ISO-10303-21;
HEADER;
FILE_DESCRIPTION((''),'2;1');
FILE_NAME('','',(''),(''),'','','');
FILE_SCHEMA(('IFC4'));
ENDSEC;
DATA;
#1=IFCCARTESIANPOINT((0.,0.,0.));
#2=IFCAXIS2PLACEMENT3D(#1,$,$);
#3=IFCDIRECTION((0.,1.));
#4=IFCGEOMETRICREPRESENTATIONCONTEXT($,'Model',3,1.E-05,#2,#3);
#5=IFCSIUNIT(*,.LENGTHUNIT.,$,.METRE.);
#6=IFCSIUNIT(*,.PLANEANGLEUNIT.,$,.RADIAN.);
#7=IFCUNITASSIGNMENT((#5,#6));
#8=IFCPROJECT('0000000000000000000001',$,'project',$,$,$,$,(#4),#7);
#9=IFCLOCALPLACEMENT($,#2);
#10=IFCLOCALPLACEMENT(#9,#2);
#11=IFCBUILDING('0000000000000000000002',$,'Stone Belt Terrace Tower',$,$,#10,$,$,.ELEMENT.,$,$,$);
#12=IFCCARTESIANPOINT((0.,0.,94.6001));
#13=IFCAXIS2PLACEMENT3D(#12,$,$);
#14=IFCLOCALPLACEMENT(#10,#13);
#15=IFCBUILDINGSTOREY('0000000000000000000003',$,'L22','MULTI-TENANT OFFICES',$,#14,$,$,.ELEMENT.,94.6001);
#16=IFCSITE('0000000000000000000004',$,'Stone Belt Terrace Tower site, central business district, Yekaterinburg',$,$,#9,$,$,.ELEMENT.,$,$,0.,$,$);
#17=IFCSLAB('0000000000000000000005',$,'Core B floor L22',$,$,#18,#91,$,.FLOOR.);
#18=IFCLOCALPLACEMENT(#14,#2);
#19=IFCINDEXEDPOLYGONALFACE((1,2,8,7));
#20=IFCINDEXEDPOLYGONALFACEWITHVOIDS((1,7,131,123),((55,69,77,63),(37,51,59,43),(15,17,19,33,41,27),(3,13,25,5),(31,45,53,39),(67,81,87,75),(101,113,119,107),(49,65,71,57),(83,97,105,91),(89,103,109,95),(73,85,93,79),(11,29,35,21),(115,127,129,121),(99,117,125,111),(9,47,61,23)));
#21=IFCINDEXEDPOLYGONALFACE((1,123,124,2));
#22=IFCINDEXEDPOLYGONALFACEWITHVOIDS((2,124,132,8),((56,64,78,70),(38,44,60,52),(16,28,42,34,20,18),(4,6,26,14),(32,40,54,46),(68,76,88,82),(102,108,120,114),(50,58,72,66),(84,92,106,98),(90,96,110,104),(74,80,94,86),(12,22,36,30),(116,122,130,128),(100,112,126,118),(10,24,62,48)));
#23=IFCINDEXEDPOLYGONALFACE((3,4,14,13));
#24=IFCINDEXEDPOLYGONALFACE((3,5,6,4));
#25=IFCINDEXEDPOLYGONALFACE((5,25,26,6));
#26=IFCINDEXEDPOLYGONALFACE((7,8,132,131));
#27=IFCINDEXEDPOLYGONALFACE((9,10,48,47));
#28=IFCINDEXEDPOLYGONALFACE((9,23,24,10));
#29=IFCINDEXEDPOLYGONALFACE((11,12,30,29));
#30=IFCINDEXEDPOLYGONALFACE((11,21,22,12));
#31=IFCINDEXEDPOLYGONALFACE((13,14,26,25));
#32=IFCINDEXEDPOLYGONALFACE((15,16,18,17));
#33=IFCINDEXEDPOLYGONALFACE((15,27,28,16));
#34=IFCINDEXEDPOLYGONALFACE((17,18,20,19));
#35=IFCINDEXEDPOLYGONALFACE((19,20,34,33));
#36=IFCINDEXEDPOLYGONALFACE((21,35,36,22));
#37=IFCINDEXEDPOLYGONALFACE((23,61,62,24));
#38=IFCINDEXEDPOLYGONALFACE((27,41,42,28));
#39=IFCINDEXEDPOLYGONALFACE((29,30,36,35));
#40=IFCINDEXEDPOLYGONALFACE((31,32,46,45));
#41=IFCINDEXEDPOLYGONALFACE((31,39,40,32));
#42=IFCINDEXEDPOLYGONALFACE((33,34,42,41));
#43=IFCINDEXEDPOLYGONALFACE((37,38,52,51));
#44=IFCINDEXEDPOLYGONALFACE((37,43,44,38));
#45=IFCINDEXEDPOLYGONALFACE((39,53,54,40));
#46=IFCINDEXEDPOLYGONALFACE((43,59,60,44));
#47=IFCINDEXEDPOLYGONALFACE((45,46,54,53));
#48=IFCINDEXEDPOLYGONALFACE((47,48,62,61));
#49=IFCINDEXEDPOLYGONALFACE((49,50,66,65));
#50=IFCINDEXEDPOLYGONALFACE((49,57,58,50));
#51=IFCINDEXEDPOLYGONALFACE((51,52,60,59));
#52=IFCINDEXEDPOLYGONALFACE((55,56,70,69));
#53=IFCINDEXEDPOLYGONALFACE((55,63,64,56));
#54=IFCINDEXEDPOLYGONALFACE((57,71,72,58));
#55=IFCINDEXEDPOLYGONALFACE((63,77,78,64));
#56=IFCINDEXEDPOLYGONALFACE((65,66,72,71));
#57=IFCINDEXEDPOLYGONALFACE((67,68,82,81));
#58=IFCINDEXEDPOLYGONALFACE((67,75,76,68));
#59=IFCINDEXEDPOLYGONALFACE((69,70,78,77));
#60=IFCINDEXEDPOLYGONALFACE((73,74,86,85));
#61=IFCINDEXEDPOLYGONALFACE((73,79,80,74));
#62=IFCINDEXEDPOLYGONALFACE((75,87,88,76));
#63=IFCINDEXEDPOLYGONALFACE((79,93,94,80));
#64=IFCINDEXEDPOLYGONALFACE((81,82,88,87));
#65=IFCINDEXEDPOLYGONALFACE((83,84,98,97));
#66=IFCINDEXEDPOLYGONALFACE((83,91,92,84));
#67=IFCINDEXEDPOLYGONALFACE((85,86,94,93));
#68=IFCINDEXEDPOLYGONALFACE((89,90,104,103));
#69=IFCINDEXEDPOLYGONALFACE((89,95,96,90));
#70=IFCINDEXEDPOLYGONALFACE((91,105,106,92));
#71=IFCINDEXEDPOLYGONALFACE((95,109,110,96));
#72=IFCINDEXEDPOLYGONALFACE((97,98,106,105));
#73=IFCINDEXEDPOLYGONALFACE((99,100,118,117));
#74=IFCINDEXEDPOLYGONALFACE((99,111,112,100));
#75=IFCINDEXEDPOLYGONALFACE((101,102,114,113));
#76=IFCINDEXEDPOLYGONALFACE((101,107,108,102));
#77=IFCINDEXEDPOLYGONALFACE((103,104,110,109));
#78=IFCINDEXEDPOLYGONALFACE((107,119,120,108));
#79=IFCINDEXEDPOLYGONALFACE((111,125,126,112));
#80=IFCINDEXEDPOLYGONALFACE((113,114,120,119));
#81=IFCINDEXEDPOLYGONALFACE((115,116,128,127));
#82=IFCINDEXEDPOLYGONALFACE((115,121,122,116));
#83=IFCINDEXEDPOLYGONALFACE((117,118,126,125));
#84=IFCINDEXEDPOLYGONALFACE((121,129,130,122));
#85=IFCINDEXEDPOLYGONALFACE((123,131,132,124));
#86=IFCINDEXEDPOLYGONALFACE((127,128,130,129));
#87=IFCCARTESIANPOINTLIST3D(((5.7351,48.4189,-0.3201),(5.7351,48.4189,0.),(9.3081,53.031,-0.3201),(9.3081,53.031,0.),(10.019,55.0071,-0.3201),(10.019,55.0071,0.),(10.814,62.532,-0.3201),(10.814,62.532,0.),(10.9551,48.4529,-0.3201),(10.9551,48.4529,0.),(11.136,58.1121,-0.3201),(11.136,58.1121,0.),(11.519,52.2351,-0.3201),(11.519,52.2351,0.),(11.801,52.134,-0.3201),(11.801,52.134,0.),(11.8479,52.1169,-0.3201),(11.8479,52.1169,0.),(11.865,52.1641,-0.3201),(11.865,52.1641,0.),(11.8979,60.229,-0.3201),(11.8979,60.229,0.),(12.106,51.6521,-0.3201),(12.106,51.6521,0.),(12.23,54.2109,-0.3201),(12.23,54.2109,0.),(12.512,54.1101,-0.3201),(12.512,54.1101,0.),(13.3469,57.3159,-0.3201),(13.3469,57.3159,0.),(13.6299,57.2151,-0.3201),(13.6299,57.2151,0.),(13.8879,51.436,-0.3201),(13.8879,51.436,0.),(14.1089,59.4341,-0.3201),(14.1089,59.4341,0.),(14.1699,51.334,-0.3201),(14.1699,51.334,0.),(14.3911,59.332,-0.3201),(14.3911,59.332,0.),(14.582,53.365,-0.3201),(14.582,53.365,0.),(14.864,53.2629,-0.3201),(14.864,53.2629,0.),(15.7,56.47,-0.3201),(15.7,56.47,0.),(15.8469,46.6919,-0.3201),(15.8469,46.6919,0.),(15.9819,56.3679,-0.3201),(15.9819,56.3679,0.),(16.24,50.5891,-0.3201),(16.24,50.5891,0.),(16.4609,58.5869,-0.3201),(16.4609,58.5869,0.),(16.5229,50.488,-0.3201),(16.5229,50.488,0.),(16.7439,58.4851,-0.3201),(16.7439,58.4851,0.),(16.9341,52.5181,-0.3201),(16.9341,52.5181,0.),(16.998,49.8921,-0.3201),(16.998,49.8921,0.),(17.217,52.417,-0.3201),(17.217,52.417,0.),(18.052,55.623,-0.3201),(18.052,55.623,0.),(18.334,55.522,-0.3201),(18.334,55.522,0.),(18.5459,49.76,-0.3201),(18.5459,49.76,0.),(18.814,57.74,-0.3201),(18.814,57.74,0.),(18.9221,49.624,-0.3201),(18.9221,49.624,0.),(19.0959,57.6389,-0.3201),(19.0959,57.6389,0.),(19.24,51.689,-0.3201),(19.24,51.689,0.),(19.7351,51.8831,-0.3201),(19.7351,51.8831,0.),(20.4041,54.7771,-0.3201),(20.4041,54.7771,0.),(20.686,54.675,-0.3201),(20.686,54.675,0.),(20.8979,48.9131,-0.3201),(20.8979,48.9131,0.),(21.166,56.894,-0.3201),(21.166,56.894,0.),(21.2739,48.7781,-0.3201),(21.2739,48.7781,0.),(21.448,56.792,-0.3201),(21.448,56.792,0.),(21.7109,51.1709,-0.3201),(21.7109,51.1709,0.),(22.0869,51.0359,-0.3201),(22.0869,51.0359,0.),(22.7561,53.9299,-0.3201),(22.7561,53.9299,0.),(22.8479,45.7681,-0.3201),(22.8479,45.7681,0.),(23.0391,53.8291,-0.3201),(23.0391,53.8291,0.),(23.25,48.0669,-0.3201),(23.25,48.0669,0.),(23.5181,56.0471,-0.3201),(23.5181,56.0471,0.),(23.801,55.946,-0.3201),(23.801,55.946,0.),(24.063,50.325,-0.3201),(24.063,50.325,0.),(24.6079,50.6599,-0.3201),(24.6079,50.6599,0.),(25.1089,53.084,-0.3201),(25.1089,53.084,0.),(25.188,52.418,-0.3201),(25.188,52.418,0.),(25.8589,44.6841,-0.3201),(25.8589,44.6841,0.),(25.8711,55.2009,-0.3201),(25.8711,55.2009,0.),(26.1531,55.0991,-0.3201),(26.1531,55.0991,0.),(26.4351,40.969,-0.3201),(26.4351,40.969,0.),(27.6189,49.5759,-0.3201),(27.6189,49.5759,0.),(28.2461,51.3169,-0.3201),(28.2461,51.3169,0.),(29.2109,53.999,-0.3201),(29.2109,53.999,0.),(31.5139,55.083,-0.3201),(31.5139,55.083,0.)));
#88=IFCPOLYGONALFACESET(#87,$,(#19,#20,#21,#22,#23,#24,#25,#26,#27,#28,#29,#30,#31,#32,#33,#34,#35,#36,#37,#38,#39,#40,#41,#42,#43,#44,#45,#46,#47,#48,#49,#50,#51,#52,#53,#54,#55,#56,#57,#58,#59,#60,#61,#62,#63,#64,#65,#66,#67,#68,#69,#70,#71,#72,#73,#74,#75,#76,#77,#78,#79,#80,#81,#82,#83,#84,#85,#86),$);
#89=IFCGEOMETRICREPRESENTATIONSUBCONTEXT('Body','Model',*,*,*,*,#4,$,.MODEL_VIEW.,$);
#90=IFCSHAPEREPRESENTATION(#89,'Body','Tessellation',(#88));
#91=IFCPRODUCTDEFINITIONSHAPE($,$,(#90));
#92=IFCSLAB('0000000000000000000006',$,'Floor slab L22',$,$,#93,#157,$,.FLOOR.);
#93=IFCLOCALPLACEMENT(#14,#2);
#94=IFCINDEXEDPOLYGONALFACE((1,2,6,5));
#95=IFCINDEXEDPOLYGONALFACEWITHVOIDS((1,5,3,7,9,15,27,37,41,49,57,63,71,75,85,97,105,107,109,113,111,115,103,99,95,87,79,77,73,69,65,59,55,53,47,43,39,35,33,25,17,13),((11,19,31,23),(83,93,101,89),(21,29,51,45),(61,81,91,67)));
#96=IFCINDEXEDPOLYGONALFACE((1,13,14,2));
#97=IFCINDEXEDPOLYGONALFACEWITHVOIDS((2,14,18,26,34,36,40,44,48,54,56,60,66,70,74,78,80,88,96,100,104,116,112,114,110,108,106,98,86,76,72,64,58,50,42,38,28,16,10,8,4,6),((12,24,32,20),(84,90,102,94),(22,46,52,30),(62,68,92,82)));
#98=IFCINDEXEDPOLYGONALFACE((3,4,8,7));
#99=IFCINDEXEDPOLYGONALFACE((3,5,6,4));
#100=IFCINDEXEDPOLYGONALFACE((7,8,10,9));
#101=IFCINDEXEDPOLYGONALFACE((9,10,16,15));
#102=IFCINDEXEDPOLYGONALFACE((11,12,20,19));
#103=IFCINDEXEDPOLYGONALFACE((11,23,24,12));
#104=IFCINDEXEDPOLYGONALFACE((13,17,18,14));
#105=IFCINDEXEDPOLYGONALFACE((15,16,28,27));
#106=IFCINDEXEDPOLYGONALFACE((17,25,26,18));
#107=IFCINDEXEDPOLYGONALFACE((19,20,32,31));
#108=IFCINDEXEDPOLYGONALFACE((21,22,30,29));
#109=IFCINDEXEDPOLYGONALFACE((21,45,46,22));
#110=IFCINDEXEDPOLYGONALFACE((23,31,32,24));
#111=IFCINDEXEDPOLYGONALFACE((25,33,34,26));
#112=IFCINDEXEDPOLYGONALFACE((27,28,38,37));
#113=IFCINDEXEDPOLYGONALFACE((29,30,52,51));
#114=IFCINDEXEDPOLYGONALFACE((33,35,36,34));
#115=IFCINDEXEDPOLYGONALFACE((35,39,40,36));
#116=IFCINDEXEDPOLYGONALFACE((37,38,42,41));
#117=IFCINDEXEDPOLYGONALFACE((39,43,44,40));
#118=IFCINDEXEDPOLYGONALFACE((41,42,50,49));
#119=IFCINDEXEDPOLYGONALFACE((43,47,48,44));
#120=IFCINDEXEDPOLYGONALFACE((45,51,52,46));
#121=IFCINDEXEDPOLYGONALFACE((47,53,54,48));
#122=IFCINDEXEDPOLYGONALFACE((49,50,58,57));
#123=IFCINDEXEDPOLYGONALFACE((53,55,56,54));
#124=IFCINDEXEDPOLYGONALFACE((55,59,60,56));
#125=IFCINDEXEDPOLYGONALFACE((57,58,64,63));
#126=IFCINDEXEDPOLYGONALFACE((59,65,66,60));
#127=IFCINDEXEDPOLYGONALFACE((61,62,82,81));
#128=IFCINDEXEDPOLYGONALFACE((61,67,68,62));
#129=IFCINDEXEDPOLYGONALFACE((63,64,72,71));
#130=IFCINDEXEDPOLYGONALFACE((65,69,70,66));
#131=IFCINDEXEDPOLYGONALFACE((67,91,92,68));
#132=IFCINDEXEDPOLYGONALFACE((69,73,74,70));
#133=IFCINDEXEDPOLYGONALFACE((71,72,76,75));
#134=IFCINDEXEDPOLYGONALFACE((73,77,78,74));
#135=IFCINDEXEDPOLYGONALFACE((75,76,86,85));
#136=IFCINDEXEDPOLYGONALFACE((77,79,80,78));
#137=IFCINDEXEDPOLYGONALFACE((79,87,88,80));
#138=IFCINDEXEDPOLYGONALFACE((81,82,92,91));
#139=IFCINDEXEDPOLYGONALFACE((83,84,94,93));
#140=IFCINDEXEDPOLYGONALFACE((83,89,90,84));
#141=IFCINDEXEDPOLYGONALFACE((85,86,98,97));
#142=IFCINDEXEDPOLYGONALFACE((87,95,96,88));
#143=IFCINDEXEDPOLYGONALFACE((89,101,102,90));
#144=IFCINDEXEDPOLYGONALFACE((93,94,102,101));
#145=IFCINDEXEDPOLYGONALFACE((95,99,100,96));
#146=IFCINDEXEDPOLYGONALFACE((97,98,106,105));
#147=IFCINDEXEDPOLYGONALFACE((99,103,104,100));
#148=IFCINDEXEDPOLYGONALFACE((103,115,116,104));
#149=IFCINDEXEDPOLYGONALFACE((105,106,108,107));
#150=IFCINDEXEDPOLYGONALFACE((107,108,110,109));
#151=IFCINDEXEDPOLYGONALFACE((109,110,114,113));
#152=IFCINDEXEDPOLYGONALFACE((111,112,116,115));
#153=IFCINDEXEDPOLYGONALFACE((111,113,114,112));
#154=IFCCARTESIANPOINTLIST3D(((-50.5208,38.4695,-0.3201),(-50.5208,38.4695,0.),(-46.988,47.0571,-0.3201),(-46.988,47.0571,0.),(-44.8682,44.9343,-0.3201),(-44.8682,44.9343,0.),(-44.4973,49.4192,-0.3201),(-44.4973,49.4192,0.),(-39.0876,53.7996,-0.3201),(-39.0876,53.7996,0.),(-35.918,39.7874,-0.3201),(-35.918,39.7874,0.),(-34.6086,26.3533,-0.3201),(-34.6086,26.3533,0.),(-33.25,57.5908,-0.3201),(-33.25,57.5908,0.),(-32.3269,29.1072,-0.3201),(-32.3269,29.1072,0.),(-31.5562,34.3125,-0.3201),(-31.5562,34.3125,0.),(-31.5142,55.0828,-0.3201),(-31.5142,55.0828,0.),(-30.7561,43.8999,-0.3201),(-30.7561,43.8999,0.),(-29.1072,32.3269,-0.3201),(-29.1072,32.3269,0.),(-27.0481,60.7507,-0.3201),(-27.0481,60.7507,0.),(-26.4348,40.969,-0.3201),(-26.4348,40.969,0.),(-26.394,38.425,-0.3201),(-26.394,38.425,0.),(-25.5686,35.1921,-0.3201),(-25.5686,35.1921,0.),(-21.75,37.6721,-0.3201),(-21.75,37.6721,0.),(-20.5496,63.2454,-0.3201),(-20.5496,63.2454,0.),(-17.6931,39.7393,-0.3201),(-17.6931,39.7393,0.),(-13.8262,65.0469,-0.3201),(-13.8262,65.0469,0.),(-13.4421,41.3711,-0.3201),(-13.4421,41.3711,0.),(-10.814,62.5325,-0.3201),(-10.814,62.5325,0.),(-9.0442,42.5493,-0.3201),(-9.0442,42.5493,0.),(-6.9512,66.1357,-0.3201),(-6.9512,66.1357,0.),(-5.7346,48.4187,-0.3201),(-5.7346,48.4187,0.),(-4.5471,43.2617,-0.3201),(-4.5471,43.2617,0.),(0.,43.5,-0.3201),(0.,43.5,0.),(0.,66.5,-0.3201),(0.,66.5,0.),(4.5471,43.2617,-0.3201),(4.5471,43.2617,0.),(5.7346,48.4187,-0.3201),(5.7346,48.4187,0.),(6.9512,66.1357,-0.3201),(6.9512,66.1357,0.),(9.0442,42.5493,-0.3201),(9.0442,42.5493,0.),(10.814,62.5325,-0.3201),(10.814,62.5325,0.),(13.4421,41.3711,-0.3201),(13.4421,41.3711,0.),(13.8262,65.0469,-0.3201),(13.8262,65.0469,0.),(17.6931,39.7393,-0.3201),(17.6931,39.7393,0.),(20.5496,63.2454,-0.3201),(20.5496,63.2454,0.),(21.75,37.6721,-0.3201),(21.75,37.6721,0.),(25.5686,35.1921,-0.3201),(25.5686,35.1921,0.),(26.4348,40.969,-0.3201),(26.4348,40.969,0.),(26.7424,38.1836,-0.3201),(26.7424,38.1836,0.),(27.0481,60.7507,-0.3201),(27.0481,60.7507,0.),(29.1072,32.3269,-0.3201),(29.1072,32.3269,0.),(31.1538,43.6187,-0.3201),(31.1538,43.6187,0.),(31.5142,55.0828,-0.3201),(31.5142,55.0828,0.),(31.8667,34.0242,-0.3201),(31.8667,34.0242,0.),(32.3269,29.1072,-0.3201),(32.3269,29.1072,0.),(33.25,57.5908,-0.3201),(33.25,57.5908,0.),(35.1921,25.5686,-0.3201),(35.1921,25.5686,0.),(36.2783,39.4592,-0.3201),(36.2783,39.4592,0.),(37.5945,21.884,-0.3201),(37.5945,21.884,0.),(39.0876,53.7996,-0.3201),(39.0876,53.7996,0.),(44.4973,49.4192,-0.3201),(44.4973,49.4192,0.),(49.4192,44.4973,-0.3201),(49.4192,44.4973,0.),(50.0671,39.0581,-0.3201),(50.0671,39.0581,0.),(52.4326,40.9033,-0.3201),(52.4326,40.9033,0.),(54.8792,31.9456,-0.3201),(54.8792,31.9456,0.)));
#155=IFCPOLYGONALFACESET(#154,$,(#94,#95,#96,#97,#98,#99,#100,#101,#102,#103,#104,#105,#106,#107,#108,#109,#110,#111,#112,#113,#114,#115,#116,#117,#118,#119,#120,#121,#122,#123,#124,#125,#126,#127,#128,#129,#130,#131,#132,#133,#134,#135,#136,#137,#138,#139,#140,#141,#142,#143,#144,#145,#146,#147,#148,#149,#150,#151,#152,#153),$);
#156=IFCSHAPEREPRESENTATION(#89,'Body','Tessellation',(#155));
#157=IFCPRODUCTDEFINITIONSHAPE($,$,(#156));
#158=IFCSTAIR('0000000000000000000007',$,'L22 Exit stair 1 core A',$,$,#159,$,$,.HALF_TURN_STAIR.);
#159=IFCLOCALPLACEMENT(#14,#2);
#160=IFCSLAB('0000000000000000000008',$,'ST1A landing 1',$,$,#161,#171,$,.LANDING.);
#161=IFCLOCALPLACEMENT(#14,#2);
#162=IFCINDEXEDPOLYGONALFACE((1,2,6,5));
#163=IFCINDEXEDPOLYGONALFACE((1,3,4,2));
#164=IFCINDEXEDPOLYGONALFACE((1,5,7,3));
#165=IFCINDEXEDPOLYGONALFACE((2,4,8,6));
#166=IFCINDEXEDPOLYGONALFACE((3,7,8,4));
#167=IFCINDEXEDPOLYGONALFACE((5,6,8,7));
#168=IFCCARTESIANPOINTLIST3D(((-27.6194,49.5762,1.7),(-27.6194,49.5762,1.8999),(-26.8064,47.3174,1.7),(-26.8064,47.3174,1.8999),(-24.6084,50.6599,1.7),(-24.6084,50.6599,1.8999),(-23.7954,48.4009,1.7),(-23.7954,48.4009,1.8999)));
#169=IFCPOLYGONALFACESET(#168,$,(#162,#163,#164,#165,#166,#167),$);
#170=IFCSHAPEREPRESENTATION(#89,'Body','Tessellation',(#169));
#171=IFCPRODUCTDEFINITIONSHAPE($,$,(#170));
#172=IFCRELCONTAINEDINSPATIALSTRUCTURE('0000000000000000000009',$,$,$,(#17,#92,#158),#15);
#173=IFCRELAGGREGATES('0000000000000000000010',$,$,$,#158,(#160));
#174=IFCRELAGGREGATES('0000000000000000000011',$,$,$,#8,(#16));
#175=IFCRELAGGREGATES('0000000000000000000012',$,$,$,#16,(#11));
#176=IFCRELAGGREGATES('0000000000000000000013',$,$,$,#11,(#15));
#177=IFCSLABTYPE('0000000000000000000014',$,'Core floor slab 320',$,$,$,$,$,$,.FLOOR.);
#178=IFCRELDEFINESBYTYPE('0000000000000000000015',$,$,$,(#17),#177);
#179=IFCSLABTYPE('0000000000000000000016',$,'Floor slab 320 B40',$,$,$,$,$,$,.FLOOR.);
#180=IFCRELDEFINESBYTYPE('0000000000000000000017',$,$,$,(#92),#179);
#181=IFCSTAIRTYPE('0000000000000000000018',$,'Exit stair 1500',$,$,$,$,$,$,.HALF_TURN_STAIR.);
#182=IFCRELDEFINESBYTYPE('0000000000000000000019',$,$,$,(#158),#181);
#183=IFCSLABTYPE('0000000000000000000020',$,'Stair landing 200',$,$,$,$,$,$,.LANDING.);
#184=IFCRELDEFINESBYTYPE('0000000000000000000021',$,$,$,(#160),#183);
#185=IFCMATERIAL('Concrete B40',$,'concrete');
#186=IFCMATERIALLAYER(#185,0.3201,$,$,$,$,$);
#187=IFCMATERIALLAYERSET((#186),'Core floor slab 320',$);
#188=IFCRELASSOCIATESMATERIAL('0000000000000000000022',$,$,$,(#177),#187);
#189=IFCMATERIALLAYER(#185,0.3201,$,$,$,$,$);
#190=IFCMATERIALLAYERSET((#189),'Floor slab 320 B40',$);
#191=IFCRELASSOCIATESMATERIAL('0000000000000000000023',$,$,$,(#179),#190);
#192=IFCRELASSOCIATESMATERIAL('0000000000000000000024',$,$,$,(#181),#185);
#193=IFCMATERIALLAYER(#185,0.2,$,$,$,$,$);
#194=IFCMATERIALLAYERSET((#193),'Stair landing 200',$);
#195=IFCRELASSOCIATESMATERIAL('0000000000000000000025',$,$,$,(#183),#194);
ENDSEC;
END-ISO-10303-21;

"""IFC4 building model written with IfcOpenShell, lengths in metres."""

from ifc_helpers import new_model, si_unit, direction, frame, origin, place, context, subcontext, project, spatial, polyline, outline, extrude, material, layer, layer_set, type_object, element, aggregate, save


model = new_model("IFC4")

# Units and contexts
model_context = context("Model", 3, precision=1e-05, world=origin(), true_north=direction((0.0, 1.0)))
body_context = subcontext(model_context, "Body", "Model", "MODEL_VIEW")
ifc_project = project(units=[si_unit("LENGTHUNIT", "METRE"), si_unit("PLANEANGLEUNIT", "RADIAN")], contexts=[model_context])

# Site, building, storey
site_placement = place(None, origin())
site = spatial("IfcSite", under=ifc_project, at=site_placement, Name="Stone Belt Terrace Tower site, central business district, Yekaterinburg", CompositionType="ELEMENT", RefElevation=0.0)
building_placement = place(site_placement, origin())
building = spatial("IfcBuilding", under=site, at=building_placement, Name="Stone Belt Terrace Tower", CompositionType="ELEMENT")
storey_placement = place(building_placement, frame((0.0, 0.0, 94.6001)))
storey = spatial("IfcBuildingStorey", under=building, at=storey_placement, Name="L22", Description="MULTI-TENANT OFFICES", CompositionType="ELEMENT", Elevation=94.6001)

# Slabs
ifc_material_1 = material(Name="Concrete B40", Category="concrete")
ifc_layer_1 = layer(ifc_material_1, 0.3201)
ifc_layer_set_1 = layer_set([ifc_layer_1], Name="Core floor slab 320")
slab_type_1 = type_object("IfcSlabType", Name="Core floor slab 320", PredefinedType="FLOOR", material=ifc_layer_set_1)
slab_1_placement = place(storey_placement, frame((0.0, 0.0, -0.3201)))
element("IfcSlab", 1, at=slab_1_placement, inside=storey, type_object=slab_type_1, Name="Core B floor L22", PredefinedType="FLOOR", context=body_context, shape_type="SweptSolid", body=[
    extrude(outline(polyline([(26.4351, 40.969), (31.5139, 55.083), (10.814, 62.532), (5.7351, 48.4189), (26.4351, 40.969)]), holes=[polyline([(12.106, 51.6521), (16.998, 49.8921), (15.8469, 46.6919), (10.9551, 48.4529), (12.106, 51.6521)]), polyline([(19.24, 51.689), (18.5459, 49.76), (16.5229, 50.488), (17.217, 52.417), (19.24, 51.689)]), polyline([(16.24, 50.5891), (14.1699, 51.334), (14.864, 53.2629), (16.9341, 52.5181), (16.24, 50.5891)]), polyline([(14.582, 53.365), (13.8879, 51.436), (11.865, 52.1641), (11.8479, 52.1169), (11.801, 52.134), (12.512, 54.1101), (14.582, 53.365)]), polyline([(9.3081, 53.031), (10.019, 55.0071), (12.23, 54.2109), (11.519, 52.2351), (9.3081, 53.031)]), polyline([(16.7439, 58.4851), (18.814, 57.74), (18.052, 55.623), (15.9819, 56.3679), (16.7439, 58.4851)]), polyline([(14.3911, 59.332), (16.4609, 58.5869), (15.7, 56.47), (13.6299, 57.2151), (14.3911, 59.332)]), polyline([(11.8979, 60.229), (14.1089, 59.4341), (13.3469, 57.3159), (11.136, 58.1121), (11.8979, 60.229)]), polyline([(25.8589, 44.6841), (22.8479, 45.7681), (24.6079, 50.6599), (27.6189, 49.5759), (25.8589, 44.6841)]), polyline([(21.2739, 48.7781), (22.0869, 51.0359), (24.063, 50.325), (23.25, 48.0669), (21.2739, 48.7781)]), polyline([(18.9221, 49.624), (19.7351, 51.8831), (21.7109, 51.1709), (20.8979, 48.9131), (18.9221, 49.624)]), polyline([(29.2109, 53.999), (28.2461, 51.3169), (25.188, 52.418), (26.1531, 55.0991), (29.2109, 53.999)]), polyline([(23.801, 55.946), (25.8711, 55.2009), (25.1089, 53.084), (23.0391, 53.8291), (23.801, 55.946)]), polyline([(21.448, 56.792), (23.5181, 56.0471), (22.7561, 53.9299), (20.686, 54.675), (21.448, 56.792)]), polyline([(19.0959, 57.6389), (21.166, 56.894), (20.4041, 54.7771), (18.334, 55.522), (19.0959, 57.6389)])]), origin(), (0.0, 0.0, 1.0), 0.3201),
])
ifc_layer_2 = layer(ifc_material_1, 0.3201)
ifc_layer_set_2 = layer_set([ifc_layer_2], Name="Floor slab 320 B40")
slab_type_2 = type_object("IfcSlabType", Name="Floor slab 320 B40", PredefinedType="FLOOR", material=ifc_layer_set_2)
slab_2_placement = place(storey_placement, frame((0.0, 0.0, -0.3201)))
element("IfcSlab", 2, at=slab_2_placement, inside=storey, type_object=slab_type_2, Name="Floor slab L22", PredefinedType="FLOOR", context=body_context, shape_type="SweptSolid", body=[
    extrude(outline(polyline([(-44.4973, 49.4192), (-39.0876, 53.7996), (-33.25, 57.5908), (-27.0481, 60.7507), (-20.5496, 63.2454), (-13.8262, 65.0469), (-6.9512, 66.1357), (0.0, 66.5), (6.9512, 66.1357), (13.8262, 65.0469), (20.5496, 63.2454), (27.0481, 60.7507), (33.25, 57.5908), (39.0876, 53.7996), (44.4973, 49.4192), (49.4192, 44.4973), (52.4326, 40.9033), (50.0671, 39.0581), (54.8792, 31.9456), (37.5945, 21.884), (35.1921, 25.5686), (32.3269, 29.1072), (29.1072, 32.3269), (25.5686, 35.1921), (21.75, 37.6721), (17.6931, 39.7393), (13.4421, 41.3711), (9.0442, 42.5493), (4.5471, 43.2617), (0.0, 43.5), (-4.5471, 43.2617), (-9.0442, 42.5493), (-13.4421, 41.3711), (-17.6931, 39.7393), (-21.75, 37.6721), (-25.5686, 35.1921), (-29.1072, 32.3269), (-32.3269, 29.1072), (-34.6086, 26.3533), (-50.5208, 38.4695), (-44.8682, 44.9343), (-46.988, 47.0571), (-44.4973, 49.4192)]), holes=[polyline([(-26.4348, 40.969), (-5.7346, 48.4187), (-10.814, 62.5325), (-31.5142, 55.0828), (-26.4348, 40.969)]), polyline([(10.814, 62.5325), (5.7346, 48.4187), (26.4348, 40.969), (31.5142, 55.0828), (10.814, 62.5325)]), polyline([(-35.918, 39.7874), (-31.5562, 34.3125), (-26.394, 38.425), (-30.7561, 43.8999), (-35.918, 39.7874)]), polyline([(36.2783, 39.4592), (31.1538, 43.6187), (26.7424, 38.1836), (31.8667, 34.0242), (36.2783, 39.4592)])]), origin(), (0.0, 0.0, 1.0), 0.3201),
])

# Stair, slab
stair_type = type_object("IfcStairType", Name="Exit stair 1500", PredefinedType="HALF_TURN_STAIR", material=ifc_material_1)
stair_1_placement = place(storey_placement, origin())
stair_1 = element("IfcStair", 3, at=stair_1_placement, inside=storey, type_object=stair_type, Name="L22 Exit stair 1 core A", PredefinedType="HALF_TURN_STAIR")
ifc_layer_3 = layer(ifc_material_1, 0.2)
ifc_layer_set_3 = layer_set([ifc_layer_3], Name="Stair landing 200")
slab_type_3 = type_object("IfcSlabType", Name="Stair landing 200", PredefinedType="LANDING", material=ifc_layer_set_3)
slab_3_placement = place(storey_placement, frame((0.0, 0.0, 1.7)))
slab_3 = element("IfcSlab", 4, at=slab_3_placement, type_object=slab_type_3, Name="ST1A landing 1", PredefinedType="LANDING", context=body_context, shape_type="SweptSolid", body=[
    extrude(outline(polyline([(-23.7954, 48.4009), (-24.6084, 50.6599), (-27.6194, 49.5762), (-26.8064, 47.3174), (-23.7954, 48.4009)])), origin(), (0.0, 0.0, 1.0), 0.2),
])
aggregate(stair_1, [slab_3])

save(model, "model.ifc")
